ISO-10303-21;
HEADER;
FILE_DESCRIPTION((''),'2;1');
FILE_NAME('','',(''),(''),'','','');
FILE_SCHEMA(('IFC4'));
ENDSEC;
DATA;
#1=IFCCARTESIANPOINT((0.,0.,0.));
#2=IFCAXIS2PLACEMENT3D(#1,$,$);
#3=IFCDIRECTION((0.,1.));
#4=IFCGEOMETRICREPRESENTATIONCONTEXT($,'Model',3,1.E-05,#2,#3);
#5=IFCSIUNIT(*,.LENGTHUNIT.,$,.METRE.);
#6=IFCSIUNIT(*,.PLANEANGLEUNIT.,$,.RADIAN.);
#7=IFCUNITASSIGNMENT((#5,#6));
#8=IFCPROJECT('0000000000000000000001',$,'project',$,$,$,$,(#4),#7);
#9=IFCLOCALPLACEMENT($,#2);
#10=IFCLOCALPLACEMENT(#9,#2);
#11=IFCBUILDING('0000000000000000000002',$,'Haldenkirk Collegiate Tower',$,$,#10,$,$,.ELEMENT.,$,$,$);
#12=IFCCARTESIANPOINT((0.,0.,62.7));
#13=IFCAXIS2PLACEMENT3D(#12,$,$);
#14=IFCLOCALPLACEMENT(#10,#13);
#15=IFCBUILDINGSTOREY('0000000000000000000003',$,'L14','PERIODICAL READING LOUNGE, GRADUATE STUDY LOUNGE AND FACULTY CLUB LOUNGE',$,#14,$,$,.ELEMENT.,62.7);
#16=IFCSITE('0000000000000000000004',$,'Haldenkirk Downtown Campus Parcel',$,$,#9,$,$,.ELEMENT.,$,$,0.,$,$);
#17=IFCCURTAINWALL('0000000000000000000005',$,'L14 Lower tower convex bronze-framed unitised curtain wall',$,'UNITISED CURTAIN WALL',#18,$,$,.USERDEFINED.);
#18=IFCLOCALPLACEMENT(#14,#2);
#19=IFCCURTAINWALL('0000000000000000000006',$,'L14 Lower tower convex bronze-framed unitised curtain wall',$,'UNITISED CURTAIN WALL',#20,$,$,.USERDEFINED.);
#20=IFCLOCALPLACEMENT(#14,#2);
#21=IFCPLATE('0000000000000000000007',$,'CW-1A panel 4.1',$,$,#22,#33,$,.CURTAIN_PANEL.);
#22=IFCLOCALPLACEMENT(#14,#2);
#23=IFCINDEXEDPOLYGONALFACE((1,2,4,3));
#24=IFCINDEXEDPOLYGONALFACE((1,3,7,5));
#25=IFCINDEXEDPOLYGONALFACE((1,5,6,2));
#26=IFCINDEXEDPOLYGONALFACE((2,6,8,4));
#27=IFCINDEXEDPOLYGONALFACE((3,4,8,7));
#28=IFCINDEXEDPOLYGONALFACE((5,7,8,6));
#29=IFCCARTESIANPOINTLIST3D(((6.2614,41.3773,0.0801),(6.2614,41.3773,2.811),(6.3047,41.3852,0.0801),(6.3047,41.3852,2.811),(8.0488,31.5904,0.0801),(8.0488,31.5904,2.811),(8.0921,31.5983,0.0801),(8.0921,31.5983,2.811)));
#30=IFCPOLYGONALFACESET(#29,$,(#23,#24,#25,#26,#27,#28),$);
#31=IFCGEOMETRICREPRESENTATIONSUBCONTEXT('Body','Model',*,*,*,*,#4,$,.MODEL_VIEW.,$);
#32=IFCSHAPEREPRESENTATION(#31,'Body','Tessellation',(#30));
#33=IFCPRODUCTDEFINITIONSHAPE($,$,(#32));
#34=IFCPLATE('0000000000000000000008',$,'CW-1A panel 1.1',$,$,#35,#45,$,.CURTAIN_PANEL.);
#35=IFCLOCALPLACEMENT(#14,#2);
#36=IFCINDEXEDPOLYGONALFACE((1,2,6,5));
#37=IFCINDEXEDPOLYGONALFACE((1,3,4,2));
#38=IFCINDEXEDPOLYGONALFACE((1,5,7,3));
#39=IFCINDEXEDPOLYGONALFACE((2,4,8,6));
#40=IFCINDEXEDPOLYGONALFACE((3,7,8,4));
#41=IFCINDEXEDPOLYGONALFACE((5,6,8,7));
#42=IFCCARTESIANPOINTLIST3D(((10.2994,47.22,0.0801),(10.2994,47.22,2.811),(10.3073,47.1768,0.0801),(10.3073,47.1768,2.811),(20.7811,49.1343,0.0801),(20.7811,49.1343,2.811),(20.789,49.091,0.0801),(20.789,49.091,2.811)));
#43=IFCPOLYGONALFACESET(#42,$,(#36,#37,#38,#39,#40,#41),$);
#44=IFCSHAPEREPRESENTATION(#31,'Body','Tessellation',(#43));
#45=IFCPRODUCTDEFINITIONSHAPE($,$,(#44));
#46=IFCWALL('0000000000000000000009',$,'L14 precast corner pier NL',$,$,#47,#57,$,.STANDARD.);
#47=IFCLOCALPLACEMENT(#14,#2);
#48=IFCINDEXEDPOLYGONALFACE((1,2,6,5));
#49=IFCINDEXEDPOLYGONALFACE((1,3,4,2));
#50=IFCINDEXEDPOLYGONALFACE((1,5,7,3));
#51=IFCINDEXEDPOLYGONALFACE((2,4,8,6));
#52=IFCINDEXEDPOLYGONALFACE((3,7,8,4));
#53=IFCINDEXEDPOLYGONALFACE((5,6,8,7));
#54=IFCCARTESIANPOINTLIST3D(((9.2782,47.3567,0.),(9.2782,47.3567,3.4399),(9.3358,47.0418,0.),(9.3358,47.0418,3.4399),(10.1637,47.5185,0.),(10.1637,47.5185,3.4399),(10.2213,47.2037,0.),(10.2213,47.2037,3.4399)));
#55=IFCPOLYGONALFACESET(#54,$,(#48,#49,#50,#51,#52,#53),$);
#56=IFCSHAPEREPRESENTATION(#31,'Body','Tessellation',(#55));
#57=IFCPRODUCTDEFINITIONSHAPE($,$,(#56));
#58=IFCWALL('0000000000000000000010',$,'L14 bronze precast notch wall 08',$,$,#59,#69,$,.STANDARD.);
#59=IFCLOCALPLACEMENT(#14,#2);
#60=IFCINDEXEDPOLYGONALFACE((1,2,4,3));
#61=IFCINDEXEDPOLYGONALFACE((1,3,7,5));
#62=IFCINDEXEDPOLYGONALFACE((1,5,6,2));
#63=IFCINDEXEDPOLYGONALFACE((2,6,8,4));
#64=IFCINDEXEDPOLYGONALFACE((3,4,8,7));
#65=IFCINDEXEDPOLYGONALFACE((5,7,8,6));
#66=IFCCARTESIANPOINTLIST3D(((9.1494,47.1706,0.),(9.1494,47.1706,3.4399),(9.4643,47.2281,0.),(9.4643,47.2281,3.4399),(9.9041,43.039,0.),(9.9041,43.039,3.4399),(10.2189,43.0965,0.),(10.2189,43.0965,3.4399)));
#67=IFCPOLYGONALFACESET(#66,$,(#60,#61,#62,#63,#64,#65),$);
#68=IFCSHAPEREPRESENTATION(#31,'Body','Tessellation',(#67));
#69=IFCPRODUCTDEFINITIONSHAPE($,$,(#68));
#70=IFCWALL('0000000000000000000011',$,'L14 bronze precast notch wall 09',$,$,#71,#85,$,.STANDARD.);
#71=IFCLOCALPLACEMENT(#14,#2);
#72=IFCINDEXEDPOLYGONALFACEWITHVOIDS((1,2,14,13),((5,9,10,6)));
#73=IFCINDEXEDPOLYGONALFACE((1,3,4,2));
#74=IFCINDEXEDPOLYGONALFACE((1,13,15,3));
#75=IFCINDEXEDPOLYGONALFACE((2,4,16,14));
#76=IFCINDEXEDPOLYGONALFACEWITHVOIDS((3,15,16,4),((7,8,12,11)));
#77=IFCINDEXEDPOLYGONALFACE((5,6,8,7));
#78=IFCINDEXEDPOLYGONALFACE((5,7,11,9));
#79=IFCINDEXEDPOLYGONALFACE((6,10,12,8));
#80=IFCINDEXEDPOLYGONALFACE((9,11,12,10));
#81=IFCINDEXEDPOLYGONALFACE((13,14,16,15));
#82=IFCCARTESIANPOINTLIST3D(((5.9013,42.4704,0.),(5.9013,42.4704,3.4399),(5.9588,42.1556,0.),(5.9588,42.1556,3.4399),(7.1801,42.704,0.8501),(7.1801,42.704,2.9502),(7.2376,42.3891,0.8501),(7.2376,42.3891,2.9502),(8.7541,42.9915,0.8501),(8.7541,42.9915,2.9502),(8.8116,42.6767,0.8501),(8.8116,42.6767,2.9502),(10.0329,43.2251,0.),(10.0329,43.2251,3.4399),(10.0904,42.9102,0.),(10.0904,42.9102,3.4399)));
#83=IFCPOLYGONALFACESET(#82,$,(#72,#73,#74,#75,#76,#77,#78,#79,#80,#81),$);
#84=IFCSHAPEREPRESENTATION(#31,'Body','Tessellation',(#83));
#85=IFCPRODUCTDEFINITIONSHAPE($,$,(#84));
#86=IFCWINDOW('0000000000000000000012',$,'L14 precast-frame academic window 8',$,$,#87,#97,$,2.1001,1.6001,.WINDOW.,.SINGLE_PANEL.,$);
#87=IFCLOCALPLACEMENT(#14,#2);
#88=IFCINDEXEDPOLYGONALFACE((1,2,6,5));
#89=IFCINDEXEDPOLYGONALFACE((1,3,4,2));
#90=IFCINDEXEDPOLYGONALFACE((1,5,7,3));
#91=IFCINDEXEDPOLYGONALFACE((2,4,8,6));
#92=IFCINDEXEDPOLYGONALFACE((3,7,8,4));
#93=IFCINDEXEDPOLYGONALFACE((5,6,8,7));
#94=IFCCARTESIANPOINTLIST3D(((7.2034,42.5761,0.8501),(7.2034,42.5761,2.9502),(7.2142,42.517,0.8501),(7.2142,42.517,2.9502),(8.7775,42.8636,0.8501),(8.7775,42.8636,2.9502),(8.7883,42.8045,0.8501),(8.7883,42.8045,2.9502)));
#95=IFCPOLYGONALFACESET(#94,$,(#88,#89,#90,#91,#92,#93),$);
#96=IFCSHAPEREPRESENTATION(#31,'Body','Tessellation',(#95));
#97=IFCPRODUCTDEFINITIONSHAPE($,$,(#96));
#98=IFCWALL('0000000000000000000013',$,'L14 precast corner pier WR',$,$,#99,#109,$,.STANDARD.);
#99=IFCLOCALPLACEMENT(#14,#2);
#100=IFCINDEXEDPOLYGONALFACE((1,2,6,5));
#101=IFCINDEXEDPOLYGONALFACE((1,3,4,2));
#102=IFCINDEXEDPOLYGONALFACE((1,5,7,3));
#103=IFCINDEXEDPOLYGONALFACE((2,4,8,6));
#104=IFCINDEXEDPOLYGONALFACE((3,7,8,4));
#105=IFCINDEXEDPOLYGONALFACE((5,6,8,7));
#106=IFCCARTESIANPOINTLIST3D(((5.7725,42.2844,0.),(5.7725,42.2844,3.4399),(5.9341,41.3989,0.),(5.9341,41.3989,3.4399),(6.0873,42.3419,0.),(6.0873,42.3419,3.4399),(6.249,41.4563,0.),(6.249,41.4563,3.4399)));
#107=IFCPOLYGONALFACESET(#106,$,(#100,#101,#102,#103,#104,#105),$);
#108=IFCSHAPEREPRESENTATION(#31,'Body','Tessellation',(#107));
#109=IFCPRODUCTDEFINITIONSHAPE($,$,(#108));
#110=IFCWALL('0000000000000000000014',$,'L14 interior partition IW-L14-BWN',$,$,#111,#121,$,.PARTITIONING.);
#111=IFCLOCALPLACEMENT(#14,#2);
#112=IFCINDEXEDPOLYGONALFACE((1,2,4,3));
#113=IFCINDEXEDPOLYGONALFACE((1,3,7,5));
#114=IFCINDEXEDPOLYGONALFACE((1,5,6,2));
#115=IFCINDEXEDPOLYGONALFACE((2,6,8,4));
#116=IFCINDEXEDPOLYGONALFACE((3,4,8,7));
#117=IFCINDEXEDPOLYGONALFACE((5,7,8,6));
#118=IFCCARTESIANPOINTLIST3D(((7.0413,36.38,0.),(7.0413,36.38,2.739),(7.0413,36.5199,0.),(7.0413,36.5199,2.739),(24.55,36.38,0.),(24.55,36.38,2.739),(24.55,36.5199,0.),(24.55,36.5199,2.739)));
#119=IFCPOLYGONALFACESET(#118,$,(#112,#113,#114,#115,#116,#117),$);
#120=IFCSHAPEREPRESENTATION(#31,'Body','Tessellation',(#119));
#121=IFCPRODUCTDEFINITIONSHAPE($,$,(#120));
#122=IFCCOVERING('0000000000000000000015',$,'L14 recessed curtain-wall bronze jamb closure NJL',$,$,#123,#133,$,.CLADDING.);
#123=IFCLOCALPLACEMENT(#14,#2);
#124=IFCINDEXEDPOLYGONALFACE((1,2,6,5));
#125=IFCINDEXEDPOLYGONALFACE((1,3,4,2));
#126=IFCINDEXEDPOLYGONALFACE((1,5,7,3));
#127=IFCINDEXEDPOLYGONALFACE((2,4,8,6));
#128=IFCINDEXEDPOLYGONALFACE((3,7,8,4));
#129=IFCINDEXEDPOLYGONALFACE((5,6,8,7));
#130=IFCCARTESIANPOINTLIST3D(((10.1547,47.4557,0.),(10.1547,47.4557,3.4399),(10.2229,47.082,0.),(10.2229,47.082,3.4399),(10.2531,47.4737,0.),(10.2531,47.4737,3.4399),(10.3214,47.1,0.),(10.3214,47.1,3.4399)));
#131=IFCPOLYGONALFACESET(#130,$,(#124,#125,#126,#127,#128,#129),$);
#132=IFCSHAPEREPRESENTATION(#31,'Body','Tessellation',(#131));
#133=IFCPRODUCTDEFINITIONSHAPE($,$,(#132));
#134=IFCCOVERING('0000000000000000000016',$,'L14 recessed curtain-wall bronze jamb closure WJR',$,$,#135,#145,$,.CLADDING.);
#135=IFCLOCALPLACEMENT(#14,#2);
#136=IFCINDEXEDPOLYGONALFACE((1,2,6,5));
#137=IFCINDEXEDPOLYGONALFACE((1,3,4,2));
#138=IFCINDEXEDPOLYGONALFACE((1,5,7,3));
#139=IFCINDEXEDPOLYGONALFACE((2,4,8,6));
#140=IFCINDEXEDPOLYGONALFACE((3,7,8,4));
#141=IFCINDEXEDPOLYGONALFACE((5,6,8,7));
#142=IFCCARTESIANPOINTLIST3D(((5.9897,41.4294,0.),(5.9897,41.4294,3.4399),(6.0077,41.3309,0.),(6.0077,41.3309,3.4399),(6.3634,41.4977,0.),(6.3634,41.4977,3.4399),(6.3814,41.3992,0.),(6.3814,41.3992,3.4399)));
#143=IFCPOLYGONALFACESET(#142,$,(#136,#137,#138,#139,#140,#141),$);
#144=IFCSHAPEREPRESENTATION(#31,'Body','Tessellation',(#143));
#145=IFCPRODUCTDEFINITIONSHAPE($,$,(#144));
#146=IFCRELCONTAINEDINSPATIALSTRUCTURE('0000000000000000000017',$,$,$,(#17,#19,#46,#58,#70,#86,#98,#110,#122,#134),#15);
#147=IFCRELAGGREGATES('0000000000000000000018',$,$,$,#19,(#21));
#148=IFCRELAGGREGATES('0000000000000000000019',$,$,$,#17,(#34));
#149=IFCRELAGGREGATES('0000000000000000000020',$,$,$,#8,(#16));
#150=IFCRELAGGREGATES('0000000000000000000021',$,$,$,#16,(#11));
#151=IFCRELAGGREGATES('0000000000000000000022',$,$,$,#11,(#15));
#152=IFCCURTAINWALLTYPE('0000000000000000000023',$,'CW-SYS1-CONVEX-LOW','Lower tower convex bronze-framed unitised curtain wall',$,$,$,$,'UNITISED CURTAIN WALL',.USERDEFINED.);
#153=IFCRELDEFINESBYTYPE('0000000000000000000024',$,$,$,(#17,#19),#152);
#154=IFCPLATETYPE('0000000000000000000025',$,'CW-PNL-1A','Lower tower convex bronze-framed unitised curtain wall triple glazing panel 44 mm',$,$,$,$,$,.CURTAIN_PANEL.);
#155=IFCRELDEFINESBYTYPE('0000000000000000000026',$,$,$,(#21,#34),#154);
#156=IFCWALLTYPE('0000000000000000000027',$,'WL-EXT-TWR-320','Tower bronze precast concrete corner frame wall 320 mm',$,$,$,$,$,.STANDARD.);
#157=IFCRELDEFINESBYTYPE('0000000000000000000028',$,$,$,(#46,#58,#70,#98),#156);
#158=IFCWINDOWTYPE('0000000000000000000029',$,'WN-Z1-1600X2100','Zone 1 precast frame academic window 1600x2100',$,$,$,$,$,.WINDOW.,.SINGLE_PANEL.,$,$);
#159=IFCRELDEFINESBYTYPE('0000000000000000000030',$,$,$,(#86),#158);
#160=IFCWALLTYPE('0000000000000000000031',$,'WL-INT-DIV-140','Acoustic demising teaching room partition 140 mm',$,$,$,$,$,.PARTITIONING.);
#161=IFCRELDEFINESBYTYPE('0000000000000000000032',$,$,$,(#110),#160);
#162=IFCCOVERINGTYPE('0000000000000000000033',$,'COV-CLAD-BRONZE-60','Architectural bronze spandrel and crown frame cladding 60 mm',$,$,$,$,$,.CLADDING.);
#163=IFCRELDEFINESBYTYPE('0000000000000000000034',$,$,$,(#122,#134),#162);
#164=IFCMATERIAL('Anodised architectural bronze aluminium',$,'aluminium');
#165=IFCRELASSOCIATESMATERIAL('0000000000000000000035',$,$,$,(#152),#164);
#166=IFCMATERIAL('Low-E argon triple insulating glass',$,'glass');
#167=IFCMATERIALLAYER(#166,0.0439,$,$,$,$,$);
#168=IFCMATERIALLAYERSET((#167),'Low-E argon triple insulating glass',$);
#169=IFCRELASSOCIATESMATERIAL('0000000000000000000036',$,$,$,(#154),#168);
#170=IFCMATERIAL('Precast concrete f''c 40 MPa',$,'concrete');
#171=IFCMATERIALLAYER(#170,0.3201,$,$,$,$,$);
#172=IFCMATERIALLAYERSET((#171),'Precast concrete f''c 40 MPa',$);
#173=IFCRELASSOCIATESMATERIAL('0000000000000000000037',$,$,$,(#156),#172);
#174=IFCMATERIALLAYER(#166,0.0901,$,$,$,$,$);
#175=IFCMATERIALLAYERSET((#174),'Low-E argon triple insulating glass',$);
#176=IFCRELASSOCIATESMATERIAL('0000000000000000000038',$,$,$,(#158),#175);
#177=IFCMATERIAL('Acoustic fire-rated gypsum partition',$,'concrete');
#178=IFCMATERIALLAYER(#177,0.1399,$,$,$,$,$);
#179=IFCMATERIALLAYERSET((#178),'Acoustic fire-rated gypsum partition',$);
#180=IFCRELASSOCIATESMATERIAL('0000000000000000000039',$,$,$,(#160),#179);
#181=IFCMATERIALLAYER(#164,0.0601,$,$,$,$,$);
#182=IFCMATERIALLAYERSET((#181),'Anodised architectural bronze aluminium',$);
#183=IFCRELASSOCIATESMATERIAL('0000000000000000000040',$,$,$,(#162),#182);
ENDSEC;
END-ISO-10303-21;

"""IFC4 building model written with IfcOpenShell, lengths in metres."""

from ifc_helpers import new_model, si_unit, direction, frame, frame_2d, origin, origin_2d, place, context, subcontext, project, spatial, rectangle, extrude, source, transform, mapped, material, layer, layer_set, type_object, element, fill, aggregate, save


model = new_model("IFC4")

# Units and contexts
model_context = context("Model", 3, precision=1e-05, world=origin(), true_north=direction((0.0, 1.0)))
body_context = subcontext(model_context, "Body", "Model", "MODEL_VIEW")
ifc_project = project(units=[si_unit("LENGTHUNIT", "METRE"), si_unit("PLANEANGLEUNIT", "RADIAN")], contexts=[model_context])

# Site, building, storey
site_placement = place(None, origin())
site = spatial("IfcSite", under=ifc_project, at=site_placement, Name="Haldenkirk Downtown Campus Parcel", CompositionType="ELEMENT", RefElevation=0.0)
building_placement = place(site_placement, origin())
building = spatial("IfcBuilding", under=site, at=building_placement, Name="Haldenkirk Collegiate Tower", CompositionType="ELEMENT")
storey_placement = place(building_placement, frame((0.0, 0.0, 62.7)))
storey = spatial("IfcBuildingStorey", under=building, at=storey_placement, Name="L14", Description="PERIODICAL READING LOUNGE, GRADUATE STUDY LOUNGE AND FACULTY CLUB LOUNGE", CompositionType="ELEMENT", Elevation=62.7)

# Curtain walls
ifc_material_1 = material(Name="Anodised architectural bronze aluminium", Category="aluminium")
curtain_wall_type = type_object("IfcCurtainWallType", Name="CW-SYS1-CONVEX-LOW", Description="Lower tower convex bronze-framed unitised curtain wall", ElementType="UNITISED CURTAIN WALL", PredefinedType="USERDEFINED", material=ifc_material_1)
curtain_wall_1_placement = place(storey_placement, origin())
curtain_wall_1 = element("IfcCurtainWall", 1, at=curtain_wall_1_placement, inside=storey, type_object=curtain_wall_type, Name="L14 Lower tower convex bronze-framed unitised curtain wall", ObjectType="UNITISED CURTAIN WALL", PredefinedType="USERDEFINED")
curtain_wall_2_placement = place(storey_placement, origin())
curtain_wall_2 = element("IfcCurtainWall", 2, at=curtain_wall_2_placement, inside=storey, type_object=curtain_wall_type, Name="L14 Lower tower convex bronze-framed unitised curtain wall", ObjectType="UNITISED CURTAIN WALL", PredefinedType="USERDEFINED")

# Plates
ifc_material_2 = material(Name="Low-E argon triple insulating glass", Category="glass")
ifc_layer_1 = layer(ifc_material_2, 0.0439)
ifc_layer_set_1 = layer_set([ifc_layer_1], Name="Low-E argon triple insulating glass")
plate_type = type_object("IfcPlateType", Name="CW-PNL-1A", Description="Lower tower convex bronze-framed unitised curtain wall triple glazing panel 44 mm", PredefinedType="CURTAIN_PANEL", material=ifc_layer_set_1)
shared_shape_1 = source(origin(), body_context, "Body", "SweptSolid", [
    extrude(rectangle(XDim=9.9487, YDim=0.0439, at=origin_2d()), origin(), (0.0, 0.0, 1.0), 2.731),
])
plate_1_placement = place(storey_placement, frame((7.1768, 36.4878, 0.0801), z_axis=(0.0, 0.0, 1.0), x_axis=(-0.17966, 0.983729, 0.0)))
plate_1 = element("IfcPlate", 3, at=plate_1_placement, type_object=plate_type, Name="CW-1A panel 4.1", PredefinedType="CURTAIN_PANEL", context=body_context, shape_type="MappedRepresentation", body=[
    mapped(shared_shape_1, transform((0.0, 0.0, 0.0), x_axis=(1.0, 0.0, 0.0), y_axis=(0.0, 1.0, 0.0), z_axis=(0.0, 0.0, 1.0), scale=1.0)),
])
aggregate(curtain_wall_2, [plate_1])
shared_shape_2 = source(origin(), body_context, "Body", "SweptSolid", [
    extrude(rectangle(XDim=10.655, YDim=0.0439, at=origin_2d()), origin(), (0.0, 0.0, 1.0), 2.731),
])
plate_2_placement = place(storey_placement, frame((15.5442, 48.1555, 0.0801), z_axis=(0.0, 0.0, 1.0), x_axis=(0.983729, 0.179659, 0.0)))
plate_2 = element("IfcPlate", 4, at=plate_2_placement, type_object=plate_type, Name="CW-1A panel 1.1", PredefinedType="CURTAIN_PANEL", context=body_context, shape_type="MappedRepresentation", body=[
    mapped(shared_shape_2, transform((0.0, 0.0, 0.0), x_axis=(1.0, 0.0, 0.0), y_axis=(0.0, 1.0, 0.0), z_axis=(0.0, 0.0, 1.0), scale=1.0)),
])
aggregate(curtain_wall_1, [plate_2])

# Walls
ifc_material_3 = material(Name="Precast concrete f'c 40 MPa", Category="concrete")
ifc_layer_2 = layer(ifc_material_3, 0.3201)
ifc_layer_set_2 = layer_set([ifc_layer_2], Name="Precast concrete f'c 40 MPa")
wall_type_1 = type_object("IfcWallType", Name="WL-EXT-TWR-320", Description="Tower bronze precast concrete corner frame wall 320 mm", PredefinedType="STANDARD", material=ifc_layer_set_2)
wall_1_placement = place(storey_placement, frame((9.3069, 47.1992, 0.0), z_axis=(0.0, 0.0, 1.0), x_axis=(0.9837, 0.179816, 0.0)))
element("IfcWall", 5, at=wall_1_placement, inside=storey, type_object=wall_type_1, Name="L14 precast corner pier NL", PredefinedType="STANDARD", context=body_context, shape_type="SweptSolid", body=[
    extrude(rectangle(XDim=0.9001, YDim=0.3201, at=frame_2d((0.4502, 0.0))), origin(), (0.0, 0.0, 1.0), 3.4399),
])
wall_2_placement = place(storey_placement, frame((10.0615, 43.0676, 0.0), z_axis=(0.0, 0.0, 1.0), x_axis=(-0.179678, 0.983725, 0.0)))
element("IfcWall", 6, at=wall_2_placement, inside=storey, type_object=wall_type_1, Name="L14 bronze precast notch wall 08", PredefinedType="STANDARD", context=body_context, shape_type="SweptSolid", body=[
    extrude(rectangle(XDim=4.2, YDim=0.3201, at=frame_2d((2.1001, 0.0))), origin(), (0.0, 0.0, 1.0), 3.4399),
])

# Wall, opening, window
wall_3_placement = place(storey_placement, frame((5.9299, 42.313, 0.0), z_axis=(0.0, 0.0, 1.0), x_axis=(0.983725, 0.179678, 0.0)))
wall_3 = element("IfcWall", 7, at=wall_3_placement, inside=storey, type_object=wall_type_1, Name="L14 bronze precast notch wall 09", PredefinedType="STANDARD", context=body_context, shape_type="SweptSolid", body=[
    extrude(rectangle(XDim=4.2, YDim=0.3201, at=frame_2d((2.1001, 0.0))), origin(), (0.0, 0.0, 1.0), 3.4399),
])
opening_placement = place(wall_3_placement, frame((1.3, 0.0, 0.8501)))
opening = element("IfcOpeningElement", 8, at=opening_placement, cuts=wall_3, PredefinedType="OPENING", context=body_context, shape_type="SweptSolid", body=[
    extrude(rectangle(XDim=1.6001, YDim=2.1001, at=frame_2d((0.8, 1.05))), frame((0.0, 0.1699, 0.0), z_axis=(0.0, -1.0, 0.0), x_axis=(1.0, 0.0, 0.0)), (0.0, 0.0, 1.0), 0.3401),
])
ifc_layer_3 = layer(ifc_material_2, 0.0901)
ifc_layer_set_3 = layer_set([ifc_layer_3], Name="Low-E argon triple insulating glass")
window_type = type_object("IfcWindowType", Name="WN-Z1-1600X2100", Description="Zone 1 precast frame academic window 1600x2100", PartitioningType="SINGLE_PANEL", PredefinedType="WINDOW", material=ifc_layer_set_3)
window_placement = place(opening_placement, origin())
window = element("IfcWindow", 9, at=window_placement, inside=storey, type_object=window_type, Name="L14 precast-frame academic window 8", OverallHeight=2.1001, OverallWidth=1.6001, PartitioningType="SINGLE_PANEL", PredefinedType="WINDOW", context=body_context, shape_type="SweptSolid", body=[
    extrude(rectangle(XDim=1.6001, YDim=2.1001, at=frame_2d((0.8, 1.05))), frame((0.0, 0.03, 0.0), z_axis=(0.0, -1.0, 0.0), x_axis=(1.0, 0.0, 0.0)), (0.0, 0.0, 1.0), 0.0601),
])
fill(opening, window)

# Walls
wall_4_placement = place(storey_placement, frame((6.0916, 41.4275, 0.0), z_axis=(0.0, 0.0, 1.0), x_axis=(-0.179554, 0.983748, 0.0)))
element("IfcWall", 10, at=wall_4_placement, inside=storey, type_object=wall_type_1, Name="L14 precast corner pier WR", PredefinedType="STANDARD", context=body_context, shape_type="SweptSolid", body=[
    extrude(rectangle(XDim=0.9001, YDim=0.3201, at=frame_2d((0.4502, 0.0))), origin(), (0.0, 0.0, 1.0), 3.4399),
])
ifc_material_4 = material(Name="Acoustic fire-rated gypsum partition", Category="concrete")
ifc_layer_4 = layer(ifc_material_4, 0.1399)
ifc_layer_set_4 = layer_set([ifc_layer_4], Name="Acoustic fire-rated gypsum partition")
wall_type_2 = type_object("IfcWallType", Name="WL-INT-DIV-140", Description="Acoustic demising teaching room partition 140 mm", PredefinedType="PARTITIONING", material=ifc_layer_set_4)
wall_5_placement = place(storey_placement, frame((7.0413, 36.45, 0.0), z_axis=(0.0, 0.0, 1.0), x_axis=(1.0, 0.0, 0.0)))
element("IfcWall", 11, at=wall_5_placement, inside=storey, type_object=wall_type_2, Name="L14 interior partition IW-L14-BWN", PredefinedType="PARTITIONING", context=body_context, shape_type="SweptSolid", body=[
    extrude(rectangle(XDim=17.5088, YDim=0.1399, at=frame_2d((8.7544, 0.0))), origin(), (0.0, 0.0, 1.0), 2.739),
])

# Coverings
ifc_layer_5 = layer(ifc_material_1, 0.0601)
ifc_layer_set_5 = layer_set([ifc_layer_5], Name="Anodised architectural bronze aluminium")
covering_type = type_object("IfcCoveringType", Name="COV-CLAD-BRONZE-60", Description="Architectural bronze spandrel and crown frame cladding 60 mm", PredefinedType="CLADDING", material=ifc_layer_set_5)
shared_shape_3 = source(origin(), body_context, "Body", "SweptSolid", [
    extrude(rectangle(XDim=0.1001, YDim=0.3799, at=origin_2d()), origin(), (0.0, 0.0, 1.0), 3.4399),
])
for number, where, z_axis, x_axis, name in (
    (12, (10.238, 47.2778, 0.0), (0.0, 0.0, 1.0), (0.983729, 0.179661, 0.0), "L14 recessed curtain-wall bronze jamb closure NJL"),
    (13, (6.1855, 41.4143, 0.0), (0.0, 0.0, 1.0), (-0.179661, 0.983729, 0.0), "L14 recessed curtain-wall bronze jamb closure WJR"),
):
    element("IfcCovering", number, at=place(storey_placement, frame(where, z_axis=z_axis, x_axis=x_axis)), inside=storey, type_object=covering_type, Name=name, PredefinedType="CLADDING", context=body_context, shape_type="MappedRepresentation", body=[
        mapped(shared_shape_3, transform((0.0, 0.0, 0.0), x_axis=(1.0, 0.0, 0.0), y_axis=(0.0, 1.0, 0.0), z_axis=(0.0, 0.0, 1.0), scale=1.0)),
    ])

save(model, "model.ifc")
